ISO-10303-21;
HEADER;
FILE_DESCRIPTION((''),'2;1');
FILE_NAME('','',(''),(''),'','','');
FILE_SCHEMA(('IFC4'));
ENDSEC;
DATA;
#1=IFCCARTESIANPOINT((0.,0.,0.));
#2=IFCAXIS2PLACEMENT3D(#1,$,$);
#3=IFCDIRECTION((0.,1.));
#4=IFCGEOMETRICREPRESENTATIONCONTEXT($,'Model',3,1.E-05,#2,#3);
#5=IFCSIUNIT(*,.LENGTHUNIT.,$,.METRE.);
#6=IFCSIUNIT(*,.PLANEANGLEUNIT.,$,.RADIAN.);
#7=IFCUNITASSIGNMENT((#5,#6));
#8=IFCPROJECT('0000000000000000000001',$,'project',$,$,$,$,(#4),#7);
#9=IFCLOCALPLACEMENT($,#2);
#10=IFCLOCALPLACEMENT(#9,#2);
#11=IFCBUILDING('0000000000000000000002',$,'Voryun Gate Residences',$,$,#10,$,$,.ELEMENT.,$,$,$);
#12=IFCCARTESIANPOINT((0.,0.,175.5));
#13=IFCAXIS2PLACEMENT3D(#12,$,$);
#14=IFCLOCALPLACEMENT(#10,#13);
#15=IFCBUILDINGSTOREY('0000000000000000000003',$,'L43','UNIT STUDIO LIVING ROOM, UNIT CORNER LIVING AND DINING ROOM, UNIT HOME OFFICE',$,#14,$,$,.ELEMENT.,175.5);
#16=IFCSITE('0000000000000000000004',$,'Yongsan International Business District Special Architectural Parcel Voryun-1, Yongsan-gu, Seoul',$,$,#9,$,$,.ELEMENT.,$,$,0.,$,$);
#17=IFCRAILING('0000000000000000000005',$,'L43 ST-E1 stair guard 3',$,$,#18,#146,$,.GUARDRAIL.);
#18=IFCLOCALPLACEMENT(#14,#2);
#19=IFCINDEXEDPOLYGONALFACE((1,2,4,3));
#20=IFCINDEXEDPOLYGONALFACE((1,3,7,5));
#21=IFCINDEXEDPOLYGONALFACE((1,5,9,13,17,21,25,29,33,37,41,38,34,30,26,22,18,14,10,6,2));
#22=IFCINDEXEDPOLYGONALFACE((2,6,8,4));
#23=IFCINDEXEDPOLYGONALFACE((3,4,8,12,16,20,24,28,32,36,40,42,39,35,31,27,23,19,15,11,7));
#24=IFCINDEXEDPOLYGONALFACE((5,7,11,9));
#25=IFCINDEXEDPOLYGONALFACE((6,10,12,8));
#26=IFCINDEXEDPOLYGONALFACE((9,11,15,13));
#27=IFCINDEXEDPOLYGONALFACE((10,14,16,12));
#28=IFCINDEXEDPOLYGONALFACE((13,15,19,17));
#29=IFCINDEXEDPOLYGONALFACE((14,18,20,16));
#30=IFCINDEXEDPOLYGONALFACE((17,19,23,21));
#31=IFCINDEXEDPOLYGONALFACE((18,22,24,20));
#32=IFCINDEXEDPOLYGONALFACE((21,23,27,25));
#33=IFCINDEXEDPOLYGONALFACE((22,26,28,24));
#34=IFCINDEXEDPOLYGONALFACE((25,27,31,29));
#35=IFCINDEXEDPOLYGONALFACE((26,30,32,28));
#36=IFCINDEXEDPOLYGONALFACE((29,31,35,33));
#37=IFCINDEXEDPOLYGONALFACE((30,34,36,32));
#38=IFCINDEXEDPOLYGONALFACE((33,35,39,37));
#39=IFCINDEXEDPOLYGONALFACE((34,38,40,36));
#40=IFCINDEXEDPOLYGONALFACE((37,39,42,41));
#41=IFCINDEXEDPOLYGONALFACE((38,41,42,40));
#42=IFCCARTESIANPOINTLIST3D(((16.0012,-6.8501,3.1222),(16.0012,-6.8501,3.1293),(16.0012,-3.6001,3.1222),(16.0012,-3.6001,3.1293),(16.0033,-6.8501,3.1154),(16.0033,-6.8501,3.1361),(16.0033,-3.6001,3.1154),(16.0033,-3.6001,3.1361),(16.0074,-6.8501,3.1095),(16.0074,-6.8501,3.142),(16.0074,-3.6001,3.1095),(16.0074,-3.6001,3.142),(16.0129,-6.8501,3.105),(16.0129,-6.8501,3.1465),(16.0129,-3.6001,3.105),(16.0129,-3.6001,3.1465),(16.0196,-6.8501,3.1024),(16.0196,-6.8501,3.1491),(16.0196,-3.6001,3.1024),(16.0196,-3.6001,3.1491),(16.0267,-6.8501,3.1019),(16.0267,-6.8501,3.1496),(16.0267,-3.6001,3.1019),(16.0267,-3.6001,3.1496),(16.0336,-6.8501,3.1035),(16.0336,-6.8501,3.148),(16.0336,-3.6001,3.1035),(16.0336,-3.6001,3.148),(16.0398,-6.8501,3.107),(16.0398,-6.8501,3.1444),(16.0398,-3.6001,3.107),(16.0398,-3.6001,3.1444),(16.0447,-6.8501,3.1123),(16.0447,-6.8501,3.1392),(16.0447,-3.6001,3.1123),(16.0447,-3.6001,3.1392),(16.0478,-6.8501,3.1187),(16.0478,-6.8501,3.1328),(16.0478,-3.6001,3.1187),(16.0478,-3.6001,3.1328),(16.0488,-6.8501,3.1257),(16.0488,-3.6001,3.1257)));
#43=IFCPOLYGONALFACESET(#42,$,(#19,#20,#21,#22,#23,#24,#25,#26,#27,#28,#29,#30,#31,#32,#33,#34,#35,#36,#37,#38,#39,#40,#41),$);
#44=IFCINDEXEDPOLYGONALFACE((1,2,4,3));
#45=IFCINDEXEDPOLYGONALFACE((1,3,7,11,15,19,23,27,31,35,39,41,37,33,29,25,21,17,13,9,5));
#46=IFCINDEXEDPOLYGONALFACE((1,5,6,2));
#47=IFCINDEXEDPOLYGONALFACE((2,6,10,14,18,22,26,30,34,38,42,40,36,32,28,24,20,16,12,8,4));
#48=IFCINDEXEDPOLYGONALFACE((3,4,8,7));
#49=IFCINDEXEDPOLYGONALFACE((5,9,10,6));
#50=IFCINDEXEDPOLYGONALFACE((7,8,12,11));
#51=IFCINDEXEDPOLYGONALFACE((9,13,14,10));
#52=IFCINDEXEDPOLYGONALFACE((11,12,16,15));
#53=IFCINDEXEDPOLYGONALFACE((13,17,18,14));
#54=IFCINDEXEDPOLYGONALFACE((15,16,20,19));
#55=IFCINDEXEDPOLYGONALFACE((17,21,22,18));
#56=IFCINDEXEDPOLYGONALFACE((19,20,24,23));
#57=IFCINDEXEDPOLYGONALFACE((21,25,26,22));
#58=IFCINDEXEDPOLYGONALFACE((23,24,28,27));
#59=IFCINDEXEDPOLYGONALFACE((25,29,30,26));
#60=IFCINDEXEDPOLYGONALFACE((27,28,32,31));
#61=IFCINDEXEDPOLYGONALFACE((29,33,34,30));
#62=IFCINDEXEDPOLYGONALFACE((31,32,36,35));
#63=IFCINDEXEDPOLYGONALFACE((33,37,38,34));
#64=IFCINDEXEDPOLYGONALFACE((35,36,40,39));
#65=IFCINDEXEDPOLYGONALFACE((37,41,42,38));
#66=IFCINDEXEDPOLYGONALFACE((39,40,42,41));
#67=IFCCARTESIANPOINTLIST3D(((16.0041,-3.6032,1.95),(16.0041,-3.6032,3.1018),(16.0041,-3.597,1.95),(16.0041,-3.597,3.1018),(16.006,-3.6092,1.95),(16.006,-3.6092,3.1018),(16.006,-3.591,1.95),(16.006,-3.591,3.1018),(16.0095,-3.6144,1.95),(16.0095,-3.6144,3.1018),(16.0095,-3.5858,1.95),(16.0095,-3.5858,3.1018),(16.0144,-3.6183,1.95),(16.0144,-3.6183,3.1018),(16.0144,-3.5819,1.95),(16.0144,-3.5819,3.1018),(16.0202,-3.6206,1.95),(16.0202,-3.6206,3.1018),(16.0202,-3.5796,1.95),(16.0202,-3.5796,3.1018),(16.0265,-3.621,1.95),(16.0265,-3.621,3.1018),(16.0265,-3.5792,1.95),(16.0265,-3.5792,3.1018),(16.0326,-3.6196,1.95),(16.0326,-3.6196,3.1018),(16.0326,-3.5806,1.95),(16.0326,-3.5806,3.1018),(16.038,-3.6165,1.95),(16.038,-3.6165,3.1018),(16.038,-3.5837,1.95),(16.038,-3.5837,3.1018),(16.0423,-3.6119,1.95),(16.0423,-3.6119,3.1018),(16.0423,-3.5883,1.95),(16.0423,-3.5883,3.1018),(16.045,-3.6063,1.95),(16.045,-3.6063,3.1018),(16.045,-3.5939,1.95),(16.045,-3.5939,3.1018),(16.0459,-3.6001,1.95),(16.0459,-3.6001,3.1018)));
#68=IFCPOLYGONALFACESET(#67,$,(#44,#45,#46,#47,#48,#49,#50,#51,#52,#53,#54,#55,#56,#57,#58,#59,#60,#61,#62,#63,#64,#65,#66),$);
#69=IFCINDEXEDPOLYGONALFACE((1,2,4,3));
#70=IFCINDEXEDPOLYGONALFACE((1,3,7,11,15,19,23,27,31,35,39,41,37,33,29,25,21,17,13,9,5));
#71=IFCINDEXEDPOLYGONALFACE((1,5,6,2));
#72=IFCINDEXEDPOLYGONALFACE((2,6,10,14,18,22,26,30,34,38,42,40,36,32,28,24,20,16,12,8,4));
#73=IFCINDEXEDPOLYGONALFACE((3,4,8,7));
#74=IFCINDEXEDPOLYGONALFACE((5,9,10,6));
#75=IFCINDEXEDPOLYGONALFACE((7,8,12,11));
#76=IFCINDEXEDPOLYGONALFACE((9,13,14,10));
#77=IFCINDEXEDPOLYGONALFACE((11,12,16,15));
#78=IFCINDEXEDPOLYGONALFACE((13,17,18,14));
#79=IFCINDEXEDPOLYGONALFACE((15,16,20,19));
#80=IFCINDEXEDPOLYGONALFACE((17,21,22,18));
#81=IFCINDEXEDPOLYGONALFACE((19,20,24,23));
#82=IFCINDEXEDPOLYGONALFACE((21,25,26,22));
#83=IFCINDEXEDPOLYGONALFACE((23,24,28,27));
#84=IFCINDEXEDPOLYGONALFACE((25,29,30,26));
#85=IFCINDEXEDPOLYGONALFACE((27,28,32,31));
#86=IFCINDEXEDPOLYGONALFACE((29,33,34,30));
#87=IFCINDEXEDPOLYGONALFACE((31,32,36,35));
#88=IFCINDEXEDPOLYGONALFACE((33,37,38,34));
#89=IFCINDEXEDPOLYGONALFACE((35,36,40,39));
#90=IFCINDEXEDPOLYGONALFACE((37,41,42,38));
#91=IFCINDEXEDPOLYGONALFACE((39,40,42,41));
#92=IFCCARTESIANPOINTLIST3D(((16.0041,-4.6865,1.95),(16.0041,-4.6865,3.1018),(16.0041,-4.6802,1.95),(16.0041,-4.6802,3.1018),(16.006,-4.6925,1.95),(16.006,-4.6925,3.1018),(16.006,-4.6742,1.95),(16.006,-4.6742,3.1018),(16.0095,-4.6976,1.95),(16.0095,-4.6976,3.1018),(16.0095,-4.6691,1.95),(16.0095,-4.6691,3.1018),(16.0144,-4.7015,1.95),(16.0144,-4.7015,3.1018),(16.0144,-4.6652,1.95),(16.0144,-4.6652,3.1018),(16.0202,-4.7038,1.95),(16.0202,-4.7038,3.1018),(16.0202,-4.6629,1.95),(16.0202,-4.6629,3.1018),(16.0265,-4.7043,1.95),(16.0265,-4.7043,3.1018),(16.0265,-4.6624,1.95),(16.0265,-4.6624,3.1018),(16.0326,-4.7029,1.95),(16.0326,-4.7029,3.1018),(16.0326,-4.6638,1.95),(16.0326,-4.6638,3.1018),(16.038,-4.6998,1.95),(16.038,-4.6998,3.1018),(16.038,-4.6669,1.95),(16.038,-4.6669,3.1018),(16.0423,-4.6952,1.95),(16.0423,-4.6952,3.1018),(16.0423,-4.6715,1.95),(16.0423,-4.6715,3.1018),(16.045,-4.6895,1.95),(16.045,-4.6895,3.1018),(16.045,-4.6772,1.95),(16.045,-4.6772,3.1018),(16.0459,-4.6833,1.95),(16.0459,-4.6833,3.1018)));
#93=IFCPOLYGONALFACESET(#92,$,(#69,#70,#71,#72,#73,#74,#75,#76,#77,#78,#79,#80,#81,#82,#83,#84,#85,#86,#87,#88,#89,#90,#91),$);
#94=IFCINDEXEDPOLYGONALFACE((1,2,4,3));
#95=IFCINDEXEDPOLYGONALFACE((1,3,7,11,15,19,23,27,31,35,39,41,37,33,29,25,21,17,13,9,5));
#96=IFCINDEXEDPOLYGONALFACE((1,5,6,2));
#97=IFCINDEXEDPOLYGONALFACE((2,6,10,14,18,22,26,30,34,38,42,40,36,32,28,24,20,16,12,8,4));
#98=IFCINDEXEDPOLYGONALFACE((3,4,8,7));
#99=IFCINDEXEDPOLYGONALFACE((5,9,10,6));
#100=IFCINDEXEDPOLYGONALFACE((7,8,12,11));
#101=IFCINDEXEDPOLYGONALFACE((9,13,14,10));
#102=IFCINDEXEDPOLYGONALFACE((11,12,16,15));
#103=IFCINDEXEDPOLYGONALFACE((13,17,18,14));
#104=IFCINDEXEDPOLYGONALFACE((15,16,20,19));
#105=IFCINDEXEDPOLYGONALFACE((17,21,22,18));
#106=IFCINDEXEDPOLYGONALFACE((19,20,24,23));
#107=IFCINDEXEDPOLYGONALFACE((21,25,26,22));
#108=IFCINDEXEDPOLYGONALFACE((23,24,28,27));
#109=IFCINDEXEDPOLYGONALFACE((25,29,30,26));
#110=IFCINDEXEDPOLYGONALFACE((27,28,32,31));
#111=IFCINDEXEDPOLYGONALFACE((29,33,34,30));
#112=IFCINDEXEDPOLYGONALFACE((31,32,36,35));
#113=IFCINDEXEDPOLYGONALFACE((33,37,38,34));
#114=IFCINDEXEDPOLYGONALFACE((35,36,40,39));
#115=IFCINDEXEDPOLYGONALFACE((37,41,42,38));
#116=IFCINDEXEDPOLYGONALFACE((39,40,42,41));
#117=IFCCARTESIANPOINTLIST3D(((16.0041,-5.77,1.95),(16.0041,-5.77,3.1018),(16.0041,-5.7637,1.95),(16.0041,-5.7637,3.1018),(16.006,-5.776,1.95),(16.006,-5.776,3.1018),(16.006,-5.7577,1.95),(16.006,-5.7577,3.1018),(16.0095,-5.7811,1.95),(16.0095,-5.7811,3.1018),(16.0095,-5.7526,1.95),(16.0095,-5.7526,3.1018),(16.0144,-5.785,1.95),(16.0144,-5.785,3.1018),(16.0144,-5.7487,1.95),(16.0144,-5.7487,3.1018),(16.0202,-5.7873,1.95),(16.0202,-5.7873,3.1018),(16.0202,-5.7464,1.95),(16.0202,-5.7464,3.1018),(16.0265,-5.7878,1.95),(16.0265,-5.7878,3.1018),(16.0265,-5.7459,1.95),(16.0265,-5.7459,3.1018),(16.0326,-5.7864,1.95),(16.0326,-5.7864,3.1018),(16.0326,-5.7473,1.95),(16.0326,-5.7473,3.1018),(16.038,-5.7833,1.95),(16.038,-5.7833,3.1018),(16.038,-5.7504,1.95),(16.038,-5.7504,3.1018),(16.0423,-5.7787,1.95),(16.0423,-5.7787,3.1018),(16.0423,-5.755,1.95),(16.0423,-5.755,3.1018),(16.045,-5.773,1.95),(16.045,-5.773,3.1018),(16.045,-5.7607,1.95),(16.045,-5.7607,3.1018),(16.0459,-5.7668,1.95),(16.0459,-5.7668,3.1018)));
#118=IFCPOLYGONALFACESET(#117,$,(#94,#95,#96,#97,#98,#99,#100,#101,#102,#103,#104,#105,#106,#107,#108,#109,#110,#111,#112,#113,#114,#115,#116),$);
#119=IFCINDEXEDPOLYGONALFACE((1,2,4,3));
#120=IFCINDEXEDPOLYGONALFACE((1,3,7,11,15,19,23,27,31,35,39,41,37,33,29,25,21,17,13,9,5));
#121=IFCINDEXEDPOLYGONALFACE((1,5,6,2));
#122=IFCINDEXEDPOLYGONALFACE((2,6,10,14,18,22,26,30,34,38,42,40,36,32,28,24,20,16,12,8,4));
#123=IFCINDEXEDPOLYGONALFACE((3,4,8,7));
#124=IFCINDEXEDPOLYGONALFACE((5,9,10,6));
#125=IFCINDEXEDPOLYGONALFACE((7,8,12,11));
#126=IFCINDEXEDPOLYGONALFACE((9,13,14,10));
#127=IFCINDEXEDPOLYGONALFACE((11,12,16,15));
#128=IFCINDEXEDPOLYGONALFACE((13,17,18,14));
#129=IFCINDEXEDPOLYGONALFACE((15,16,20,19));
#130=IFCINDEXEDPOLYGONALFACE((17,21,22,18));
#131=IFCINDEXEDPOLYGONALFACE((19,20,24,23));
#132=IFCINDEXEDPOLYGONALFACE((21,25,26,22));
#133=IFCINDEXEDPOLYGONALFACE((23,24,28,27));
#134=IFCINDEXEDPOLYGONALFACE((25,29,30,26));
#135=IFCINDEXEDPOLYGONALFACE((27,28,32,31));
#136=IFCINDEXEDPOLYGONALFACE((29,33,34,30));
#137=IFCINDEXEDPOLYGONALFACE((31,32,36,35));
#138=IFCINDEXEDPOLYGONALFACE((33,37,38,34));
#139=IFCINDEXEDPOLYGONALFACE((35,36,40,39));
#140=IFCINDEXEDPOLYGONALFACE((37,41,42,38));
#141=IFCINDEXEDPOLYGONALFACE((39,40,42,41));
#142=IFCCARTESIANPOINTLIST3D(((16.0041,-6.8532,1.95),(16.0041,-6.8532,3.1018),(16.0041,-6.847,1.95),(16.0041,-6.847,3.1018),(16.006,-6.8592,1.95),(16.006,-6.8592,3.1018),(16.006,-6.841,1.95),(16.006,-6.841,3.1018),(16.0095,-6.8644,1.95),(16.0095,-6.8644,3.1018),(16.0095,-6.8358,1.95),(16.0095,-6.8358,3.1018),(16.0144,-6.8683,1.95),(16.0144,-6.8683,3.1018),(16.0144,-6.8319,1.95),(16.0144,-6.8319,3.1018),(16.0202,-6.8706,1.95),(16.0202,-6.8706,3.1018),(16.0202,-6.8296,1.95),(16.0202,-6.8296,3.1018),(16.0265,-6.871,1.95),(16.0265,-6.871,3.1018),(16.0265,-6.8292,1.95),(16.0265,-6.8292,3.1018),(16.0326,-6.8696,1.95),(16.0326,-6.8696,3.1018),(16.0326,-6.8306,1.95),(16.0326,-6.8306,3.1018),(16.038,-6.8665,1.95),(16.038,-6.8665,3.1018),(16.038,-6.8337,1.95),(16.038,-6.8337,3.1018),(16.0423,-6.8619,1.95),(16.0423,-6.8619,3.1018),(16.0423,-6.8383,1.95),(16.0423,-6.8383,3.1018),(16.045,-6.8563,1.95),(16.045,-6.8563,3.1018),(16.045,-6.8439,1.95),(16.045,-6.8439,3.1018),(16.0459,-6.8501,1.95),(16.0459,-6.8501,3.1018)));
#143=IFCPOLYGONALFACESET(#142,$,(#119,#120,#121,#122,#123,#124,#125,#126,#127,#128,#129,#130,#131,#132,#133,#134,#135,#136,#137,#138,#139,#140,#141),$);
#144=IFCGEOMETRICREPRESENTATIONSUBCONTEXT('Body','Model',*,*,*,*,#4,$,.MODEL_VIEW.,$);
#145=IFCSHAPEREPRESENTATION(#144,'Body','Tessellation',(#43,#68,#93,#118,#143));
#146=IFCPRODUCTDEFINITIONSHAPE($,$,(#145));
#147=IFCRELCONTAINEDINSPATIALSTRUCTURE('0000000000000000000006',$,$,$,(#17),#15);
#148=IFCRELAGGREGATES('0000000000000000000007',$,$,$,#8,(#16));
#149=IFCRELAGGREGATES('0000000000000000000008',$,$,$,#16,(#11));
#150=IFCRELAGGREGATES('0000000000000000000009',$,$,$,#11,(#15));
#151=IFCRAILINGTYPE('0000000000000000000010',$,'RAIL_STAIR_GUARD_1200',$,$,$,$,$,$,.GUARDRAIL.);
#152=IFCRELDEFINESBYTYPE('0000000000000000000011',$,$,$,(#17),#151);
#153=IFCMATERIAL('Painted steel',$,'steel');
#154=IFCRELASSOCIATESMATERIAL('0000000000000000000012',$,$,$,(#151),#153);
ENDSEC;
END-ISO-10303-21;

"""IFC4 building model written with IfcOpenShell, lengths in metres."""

from ifc_helpers import new_model, si_unit, direction, frame, origin, origin_2d, place, context, subcontext, project, spatial, circle, extrude, material, type_object, element, save


model = new_model("IFC4")

# Units and contexts
model_context = context("Model", 3, precision=1e-05, world=origin(), true_north=direction((0.0, 1.0)))
body_context = subcontext(model_context, "Body", "Model", "MODEL_VIEW")
ifc_project = project(units=[si_unit("LENGTHUNIT", "METRE"), si_unit("PLANEANGLEUNIT", "RADIAN")], contexts=[model_context])

# Site, building, storey
site_placement = place(None, origin())
site = spatial("IfcSite", under=ifc_project, at=site_placement, Name="Yongsan International Business District Special Architectural Parcel Voryun-1, Yongsan-gu, Seoul", CompositionType="ELEMENT", RefElevation=0.0)
building_placement = place(site_placement, origin())
building = spatial("IfcBuilding", under=site, at=building_placement, Name="Voryun Gate Residences", CompositionType="ELEMENT")
storey_placement = place(building_placement, frame((0.0, 0.0, 175.5)))
storey = spatial("IfcBuildingStorey", under=building, at=storey_placement, Name="L43", Description="UNIT STUDIO LIVING ROOM, UNIT CORNER LIVING AND DINING ROOM, UNIT HOME OFFICE", CompositionType="ELEMENT", Elevation=175.5)

# Railing
ifc_material_1 = material(Name="Painted steel", Category="steel")
railing_type_1 = type_object("IfcRailingType", Name="RAIL_STAIR_GUARD_1200", PredefinedType="GUARDRAIL", material=ifc_material_1)
for number, where, name in (
    (1, (16.0249, -3.6001, 1.95), "L43 ST-E1 stair guard 3"),
):
    element("IfcRailing", number, at=place(storey_placement, frame(where)), inside=storey, type_object=railing_type_1, Name=name, PredefinedType="GUARDRAIL", context=body_context, shape_type="SweptSolid", body=[
        extrude(circle(Radius=0.0239, at=origin_2d()), frame((0.0, 0.0, 1.1758), z_axis=(0.0, -1.0, 0.0), x_axis=(1.0, 0.0, 0.0)), (0.0, 0.0, 1.0), 3.25),
        extrude(circle(Radius=0.021, at=origin_2d()), origin(), (0.0, 0.0, 1.0), 1.1519),
        extrude(circle(Radius=0.021, at=origin_2d()), frame((0.0, -1.0833, 0.0)), (0.0, 0.0, 1.0), 1.1519),
        extrude(circle(Radius=0.021, at=origin_2d()), frame((0.0, -2.1667, 0.0)), (0.0, 0.0, 1.0), 1.1519),
        extrude(circle(Radius=0.021, at=origin_2d()), frame((0.0, -3.25, 0.0)), (0.0, 0.0, 1.0), 1.1519),
    ])

save(model, "model.ifc")
